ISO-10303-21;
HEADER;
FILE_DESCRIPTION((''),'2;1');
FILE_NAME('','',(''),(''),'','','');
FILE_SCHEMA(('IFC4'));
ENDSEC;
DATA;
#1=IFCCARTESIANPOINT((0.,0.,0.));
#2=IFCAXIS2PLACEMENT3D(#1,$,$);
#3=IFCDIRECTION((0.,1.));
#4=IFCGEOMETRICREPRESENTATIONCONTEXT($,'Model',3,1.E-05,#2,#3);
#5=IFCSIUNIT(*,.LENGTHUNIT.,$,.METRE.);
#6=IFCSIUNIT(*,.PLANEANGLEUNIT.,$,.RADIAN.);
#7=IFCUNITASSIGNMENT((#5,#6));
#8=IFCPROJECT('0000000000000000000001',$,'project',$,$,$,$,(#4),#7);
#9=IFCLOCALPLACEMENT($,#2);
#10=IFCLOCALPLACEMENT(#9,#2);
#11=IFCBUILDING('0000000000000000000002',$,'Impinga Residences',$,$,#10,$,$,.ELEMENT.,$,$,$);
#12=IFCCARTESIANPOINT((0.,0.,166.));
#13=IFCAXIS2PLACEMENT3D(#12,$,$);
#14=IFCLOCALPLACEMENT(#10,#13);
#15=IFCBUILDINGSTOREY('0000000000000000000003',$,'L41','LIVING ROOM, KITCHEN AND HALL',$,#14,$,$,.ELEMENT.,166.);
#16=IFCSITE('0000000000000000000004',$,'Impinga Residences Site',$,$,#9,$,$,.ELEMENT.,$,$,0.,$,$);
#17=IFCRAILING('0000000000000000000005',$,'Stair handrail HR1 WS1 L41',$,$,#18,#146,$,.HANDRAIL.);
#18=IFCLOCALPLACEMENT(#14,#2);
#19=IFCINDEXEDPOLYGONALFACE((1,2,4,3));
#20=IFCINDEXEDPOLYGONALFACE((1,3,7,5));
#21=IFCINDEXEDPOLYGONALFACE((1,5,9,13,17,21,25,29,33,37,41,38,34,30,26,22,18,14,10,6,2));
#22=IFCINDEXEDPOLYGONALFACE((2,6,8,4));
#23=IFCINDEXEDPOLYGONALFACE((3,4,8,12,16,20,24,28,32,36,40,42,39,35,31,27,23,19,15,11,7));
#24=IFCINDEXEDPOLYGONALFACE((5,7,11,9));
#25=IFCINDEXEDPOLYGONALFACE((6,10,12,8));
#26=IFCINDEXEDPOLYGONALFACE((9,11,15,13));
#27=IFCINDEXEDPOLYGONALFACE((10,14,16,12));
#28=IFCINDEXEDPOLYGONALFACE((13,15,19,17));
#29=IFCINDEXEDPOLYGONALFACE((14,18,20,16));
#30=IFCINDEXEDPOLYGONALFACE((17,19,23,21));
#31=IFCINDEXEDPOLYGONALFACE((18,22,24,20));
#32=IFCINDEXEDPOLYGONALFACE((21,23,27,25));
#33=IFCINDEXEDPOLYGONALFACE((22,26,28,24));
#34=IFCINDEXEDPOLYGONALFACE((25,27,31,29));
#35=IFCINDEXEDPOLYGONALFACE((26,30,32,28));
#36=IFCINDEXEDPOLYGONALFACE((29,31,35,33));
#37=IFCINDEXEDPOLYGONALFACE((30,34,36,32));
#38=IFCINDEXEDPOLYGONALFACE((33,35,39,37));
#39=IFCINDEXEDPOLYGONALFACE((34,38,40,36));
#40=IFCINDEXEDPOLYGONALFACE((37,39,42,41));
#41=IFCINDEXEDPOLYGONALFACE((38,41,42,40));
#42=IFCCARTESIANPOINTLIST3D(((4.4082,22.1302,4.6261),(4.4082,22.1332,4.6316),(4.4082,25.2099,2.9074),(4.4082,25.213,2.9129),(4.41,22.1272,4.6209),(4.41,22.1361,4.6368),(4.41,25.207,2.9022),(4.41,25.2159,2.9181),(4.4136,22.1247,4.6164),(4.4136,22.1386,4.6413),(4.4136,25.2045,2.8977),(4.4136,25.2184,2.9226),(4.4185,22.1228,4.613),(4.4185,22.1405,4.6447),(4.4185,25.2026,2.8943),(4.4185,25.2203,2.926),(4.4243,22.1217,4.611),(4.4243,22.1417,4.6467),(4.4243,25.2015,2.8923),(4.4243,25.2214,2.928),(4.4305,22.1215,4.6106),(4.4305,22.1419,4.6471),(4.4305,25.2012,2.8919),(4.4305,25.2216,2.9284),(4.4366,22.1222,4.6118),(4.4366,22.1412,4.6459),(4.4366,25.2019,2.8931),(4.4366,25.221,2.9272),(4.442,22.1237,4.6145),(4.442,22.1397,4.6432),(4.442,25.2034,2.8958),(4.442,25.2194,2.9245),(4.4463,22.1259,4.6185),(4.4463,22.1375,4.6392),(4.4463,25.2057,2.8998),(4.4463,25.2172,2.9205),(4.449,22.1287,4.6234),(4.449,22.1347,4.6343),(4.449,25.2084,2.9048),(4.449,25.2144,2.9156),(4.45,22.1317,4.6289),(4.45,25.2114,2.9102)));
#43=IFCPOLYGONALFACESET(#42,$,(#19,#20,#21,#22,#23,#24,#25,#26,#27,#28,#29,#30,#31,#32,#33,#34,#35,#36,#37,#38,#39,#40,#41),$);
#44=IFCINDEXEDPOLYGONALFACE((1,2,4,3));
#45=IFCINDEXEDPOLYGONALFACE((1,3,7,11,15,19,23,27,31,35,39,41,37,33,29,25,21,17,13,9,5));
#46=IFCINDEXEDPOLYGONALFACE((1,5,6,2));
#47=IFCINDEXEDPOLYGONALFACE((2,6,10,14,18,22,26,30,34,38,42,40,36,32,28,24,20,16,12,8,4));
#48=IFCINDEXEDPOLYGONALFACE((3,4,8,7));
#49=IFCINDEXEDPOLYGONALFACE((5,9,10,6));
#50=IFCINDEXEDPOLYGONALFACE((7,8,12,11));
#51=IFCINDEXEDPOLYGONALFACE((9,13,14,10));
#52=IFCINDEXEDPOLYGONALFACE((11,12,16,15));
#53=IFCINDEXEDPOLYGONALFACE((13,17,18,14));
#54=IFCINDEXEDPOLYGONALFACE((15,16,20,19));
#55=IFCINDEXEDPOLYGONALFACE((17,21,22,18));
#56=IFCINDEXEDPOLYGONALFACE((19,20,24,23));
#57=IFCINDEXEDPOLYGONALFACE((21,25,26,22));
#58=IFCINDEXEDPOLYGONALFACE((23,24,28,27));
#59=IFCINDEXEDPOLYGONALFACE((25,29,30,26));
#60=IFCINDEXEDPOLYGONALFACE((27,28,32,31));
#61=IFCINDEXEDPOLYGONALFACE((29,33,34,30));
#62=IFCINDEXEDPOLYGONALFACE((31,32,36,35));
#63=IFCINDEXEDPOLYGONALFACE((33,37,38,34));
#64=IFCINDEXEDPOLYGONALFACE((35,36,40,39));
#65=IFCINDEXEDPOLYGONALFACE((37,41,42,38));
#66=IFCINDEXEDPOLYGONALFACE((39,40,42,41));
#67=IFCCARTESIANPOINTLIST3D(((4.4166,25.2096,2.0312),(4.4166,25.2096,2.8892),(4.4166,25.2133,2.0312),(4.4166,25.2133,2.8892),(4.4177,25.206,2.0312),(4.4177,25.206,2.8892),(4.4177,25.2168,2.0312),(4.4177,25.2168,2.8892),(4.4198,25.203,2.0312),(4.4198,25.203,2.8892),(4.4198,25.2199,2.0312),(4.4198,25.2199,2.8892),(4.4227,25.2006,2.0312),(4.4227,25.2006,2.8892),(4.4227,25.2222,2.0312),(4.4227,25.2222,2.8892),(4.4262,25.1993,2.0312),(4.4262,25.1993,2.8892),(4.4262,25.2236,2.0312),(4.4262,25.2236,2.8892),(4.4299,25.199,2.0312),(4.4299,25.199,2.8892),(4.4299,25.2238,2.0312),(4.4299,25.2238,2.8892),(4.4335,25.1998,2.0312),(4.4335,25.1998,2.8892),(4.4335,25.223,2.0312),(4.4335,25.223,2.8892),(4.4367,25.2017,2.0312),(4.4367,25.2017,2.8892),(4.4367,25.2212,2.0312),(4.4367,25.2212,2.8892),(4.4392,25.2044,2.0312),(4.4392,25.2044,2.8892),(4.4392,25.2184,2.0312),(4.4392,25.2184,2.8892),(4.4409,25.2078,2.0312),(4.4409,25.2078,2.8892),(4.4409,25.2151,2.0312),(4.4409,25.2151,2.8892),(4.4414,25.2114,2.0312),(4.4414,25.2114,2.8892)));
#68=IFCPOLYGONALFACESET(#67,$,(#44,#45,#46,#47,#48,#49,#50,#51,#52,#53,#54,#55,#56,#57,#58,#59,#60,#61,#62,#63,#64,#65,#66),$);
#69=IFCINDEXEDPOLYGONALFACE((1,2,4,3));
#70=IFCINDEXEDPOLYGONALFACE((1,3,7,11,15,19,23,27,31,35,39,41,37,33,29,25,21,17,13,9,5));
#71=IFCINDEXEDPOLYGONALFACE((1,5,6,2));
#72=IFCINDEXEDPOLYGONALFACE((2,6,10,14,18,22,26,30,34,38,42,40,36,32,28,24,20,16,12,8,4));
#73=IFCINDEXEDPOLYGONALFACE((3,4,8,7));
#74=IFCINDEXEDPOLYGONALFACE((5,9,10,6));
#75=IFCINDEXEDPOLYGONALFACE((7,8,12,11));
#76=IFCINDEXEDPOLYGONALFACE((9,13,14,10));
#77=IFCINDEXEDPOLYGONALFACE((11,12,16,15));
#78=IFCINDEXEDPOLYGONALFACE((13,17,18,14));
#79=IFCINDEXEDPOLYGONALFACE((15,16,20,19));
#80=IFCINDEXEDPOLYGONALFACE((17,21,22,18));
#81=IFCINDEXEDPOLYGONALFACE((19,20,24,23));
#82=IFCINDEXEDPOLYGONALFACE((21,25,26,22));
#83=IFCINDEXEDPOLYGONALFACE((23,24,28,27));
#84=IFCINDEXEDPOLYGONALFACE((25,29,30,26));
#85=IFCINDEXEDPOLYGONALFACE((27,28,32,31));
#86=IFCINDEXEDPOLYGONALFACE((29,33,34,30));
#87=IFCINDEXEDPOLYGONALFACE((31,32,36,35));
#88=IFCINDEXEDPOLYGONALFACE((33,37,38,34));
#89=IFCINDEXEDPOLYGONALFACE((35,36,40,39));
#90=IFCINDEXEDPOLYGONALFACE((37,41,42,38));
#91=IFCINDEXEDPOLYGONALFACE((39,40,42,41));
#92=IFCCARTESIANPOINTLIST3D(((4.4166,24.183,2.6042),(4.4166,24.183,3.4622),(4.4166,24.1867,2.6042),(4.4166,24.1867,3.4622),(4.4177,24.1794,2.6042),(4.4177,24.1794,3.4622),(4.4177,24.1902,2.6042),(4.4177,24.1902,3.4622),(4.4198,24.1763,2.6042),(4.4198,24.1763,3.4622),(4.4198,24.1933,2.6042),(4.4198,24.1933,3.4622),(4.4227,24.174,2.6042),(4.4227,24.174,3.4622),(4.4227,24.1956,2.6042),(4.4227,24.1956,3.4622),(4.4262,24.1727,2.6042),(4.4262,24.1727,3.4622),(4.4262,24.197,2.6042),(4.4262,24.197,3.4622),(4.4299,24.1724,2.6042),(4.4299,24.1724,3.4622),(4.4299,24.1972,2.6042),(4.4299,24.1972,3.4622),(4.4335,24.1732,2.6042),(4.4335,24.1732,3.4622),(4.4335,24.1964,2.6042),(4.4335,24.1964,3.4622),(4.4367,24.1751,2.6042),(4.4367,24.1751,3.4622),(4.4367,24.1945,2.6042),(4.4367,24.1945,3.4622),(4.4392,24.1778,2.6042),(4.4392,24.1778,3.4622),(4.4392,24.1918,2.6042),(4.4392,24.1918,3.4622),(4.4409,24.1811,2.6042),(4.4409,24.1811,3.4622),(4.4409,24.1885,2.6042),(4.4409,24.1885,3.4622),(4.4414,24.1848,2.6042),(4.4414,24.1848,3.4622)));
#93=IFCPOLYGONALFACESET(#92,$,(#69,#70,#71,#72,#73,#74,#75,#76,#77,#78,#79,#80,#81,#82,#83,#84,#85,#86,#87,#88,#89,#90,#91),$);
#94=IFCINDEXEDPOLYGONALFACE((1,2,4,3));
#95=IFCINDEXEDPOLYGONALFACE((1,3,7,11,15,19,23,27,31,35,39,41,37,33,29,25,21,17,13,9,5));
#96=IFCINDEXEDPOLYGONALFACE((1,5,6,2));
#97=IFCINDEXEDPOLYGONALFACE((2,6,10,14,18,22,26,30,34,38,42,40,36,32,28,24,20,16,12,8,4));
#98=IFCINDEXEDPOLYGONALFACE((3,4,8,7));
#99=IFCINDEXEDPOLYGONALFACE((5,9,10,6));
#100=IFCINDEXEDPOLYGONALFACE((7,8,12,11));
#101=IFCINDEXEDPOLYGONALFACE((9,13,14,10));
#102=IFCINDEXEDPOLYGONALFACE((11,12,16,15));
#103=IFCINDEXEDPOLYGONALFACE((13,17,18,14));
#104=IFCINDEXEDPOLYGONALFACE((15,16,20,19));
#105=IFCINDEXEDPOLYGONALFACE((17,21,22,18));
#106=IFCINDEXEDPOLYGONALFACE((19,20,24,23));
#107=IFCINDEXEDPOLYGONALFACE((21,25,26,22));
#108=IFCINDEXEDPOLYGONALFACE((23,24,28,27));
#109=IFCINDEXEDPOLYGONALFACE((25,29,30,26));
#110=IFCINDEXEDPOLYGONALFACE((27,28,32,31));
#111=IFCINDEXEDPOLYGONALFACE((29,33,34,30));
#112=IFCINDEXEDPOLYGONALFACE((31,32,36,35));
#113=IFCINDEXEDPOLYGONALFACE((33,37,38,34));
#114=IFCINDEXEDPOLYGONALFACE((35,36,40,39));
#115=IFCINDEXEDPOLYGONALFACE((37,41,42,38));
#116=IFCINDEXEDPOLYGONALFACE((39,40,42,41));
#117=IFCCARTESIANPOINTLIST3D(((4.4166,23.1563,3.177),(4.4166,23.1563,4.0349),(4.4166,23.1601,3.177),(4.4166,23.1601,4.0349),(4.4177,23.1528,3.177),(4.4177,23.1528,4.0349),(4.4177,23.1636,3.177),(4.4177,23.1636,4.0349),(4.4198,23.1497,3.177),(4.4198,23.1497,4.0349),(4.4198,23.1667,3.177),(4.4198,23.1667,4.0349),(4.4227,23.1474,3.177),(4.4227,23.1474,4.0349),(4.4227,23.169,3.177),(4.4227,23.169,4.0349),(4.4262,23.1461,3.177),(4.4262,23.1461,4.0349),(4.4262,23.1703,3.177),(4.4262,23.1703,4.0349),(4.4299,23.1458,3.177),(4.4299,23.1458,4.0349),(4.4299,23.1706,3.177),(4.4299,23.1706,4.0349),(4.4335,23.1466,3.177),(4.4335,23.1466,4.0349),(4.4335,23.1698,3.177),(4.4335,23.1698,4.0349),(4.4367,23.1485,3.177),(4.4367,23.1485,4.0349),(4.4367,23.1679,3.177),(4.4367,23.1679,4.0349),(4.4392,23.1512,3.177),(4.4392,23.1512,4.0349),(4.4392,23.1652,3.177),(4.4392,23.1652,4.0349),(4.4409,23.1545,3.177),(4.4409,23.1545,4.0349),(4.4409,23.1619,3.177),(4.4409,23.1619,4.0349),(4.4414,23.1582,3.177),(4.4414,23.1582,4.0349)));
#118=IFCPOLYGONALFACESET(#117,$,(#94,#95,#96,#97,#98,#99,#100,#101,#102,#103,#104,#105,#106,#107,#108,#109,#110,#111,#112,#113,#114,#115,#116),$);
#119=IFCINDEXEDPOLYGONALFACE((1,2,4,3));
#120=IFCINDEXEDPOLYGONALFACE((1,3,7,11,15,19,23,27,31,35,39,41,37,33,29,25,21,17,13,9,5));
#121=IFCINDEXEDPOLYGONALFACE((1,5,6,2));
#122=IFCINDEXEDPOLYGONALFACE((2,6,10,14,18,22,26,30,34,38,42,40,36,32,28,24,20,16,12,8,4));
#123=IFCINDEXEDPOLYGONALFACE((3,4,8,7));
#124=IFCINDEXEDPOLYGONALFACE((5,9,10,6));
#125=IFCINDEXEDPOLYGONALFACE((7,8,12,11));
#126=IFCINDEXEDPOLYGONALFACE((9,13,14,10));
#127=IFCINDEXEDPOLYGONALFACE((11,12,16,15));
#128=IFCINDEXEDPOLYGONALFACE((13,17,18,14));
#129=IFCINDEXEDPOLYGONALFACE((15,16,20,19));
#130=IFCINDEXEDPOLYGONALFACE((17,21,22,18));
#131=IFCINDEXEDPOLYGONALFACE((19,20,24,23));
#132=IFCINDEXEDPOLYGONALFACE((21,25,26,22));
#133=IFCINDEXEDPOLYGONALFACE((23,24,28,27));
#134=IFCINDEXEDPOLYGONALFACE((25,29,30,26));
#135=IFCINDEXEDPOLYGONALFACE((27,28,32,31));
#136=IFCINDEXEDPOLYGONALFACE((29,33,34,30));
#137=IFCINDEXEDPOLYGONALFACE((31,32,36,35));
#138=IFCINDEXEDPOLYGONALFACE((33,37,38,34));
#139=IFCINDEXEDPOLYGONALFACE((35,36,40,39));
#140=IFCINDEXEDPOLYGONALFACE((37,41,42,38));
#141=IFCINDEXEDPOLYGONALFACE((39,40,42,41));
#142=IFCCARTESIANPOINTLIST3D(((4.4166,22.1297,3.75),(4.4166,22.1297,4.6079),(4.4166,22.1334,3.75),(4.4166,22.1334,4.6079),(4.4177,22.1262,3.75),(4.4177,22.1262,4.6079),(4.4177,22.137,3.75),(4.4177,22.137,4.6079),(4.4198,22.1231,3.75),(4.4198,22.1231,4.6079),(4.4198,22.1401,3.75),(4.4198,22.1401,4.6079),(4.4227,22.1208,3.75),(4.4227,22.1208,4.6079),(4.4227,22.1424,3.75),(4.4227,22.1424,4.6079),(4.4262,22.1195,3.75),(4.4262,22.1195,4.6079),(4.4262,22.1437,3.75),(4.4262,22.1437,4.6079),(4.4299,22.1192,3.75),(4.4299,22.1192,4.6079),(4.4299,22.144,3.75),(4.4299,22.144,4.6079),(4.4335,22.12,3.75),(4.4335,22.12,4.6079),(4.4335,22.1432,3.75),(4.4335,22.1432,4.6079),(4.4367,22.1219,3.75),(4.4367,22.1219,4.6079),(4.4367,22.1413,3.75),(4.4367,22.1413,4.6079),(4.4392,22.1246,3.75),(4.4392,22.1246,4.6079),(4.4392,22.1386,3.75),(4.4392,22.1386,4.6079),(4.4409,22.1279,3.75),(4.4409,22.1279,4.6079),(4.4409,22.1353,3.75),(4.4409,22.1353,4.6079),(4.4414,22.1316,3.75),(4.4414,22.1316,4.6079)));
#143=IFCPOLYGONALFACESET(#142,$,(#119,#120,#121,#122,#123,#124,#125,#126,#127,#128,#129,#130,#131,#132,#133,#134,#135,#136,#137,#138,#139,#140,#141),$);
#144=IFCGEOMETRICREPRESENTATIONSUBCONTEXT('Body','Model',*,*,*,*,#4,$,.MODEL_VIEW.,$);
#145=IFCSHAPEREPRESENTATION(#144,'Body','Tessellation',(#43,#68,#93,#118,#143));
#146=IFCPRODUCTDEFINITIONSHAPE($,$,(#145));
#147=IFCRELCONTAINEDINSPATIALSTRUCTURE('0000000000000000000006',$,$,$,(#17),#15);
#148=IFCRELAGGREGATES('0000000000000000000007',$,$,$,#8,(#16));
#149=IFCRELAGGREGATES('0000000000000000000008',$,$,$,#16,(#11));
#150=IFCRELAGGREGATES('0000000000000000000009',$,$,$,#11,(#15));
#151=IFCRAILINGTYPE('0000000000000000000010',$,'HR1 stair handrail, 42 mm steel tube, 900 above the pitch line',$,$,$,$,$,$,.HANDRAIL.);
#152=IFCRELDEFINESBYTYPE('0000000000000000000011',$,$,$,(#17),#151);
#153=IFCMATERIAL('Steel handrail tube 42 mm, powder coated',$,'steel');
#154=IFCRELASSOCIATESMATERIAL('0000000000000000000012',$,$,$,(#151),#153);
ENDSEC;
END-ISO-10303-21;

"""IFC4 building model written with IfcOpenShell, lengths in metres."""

from ifc_helpers import new_model, si_unit, direction, frame, origin, origin_2d, place, context, subcontext, project, spatial, circle, extrude, material, type_object, element, save


model = new_model("IFC4")

# Units and contexts
model_context = context("Model", 3, precision=1e-05, world=origin(), true_north=direction((0.0, 1.0)))
body_context = subcontext(model_context, "Body", "Model", "MODEL_VIEW")
ifc_project = project(units=[si_unit("LENGTHUNIT", "METRE"), si_unit("PLANEANGLEUNIT", "RADIAN")], contexts=[model_context])

# Site, building, storey
site_placement = place(None, origin())
site = spatial("IfcSite", under=ifc_project, at=site_placement, Name="Impinga Residences Site", CompositionType="ELEMENT", RefElevation=0.0)
building_placement = place(site_placement, origin())
building = spatial("IfcBuilding", under=site, at=building_placement, Name="Impinga Residences", CompositionType="ELEMENT")
storey_placement = place(building_placement, frame((0.0, 0.0, 166.0)))
storey = spatial("IfcBuildingStorey", under=building, at=storey_placement, Name="L41", Description="LIVING ROOM, KITCHEN AND HALL", CompositionType="ELEMENT", Elevation=166.0)

# Railing
ifc_material_1 = material(Name="Steel handrail tube 42 mm, powder coated", Category="steel")
railing_type_1 = type_object("IfcRailingType", Name="HR1 stair handrail, 42 mm steel tube, 900 above the pitch line", PredefinedType="HANDRAIL", material=ifc_material_1)
railing_1_placement = place(storey_placement, frame((4.429, 25.2114, 2.0312)))
element("IfcRailing", 1, at=railing_1_placement, inside=storey, type_object=railing_type_1, Name="Stair handrail HR1 WS1 L41", PredefinedType="HANDRAIL", context=body_context, shape_type="SweptSolid", body=[
    extrude(circle(Radius=0.021, at=origin_2d()), frame((0.0, 0.0, 0.8789), z_axis=(0.0, -0.873225, 0.487317), x_axis=(1.0, 0.0, 0.0)), (0.0, 0.0, 1.0), 3.5269),
    extrude(circle(Radius=0.0125, at=origin_2d()), origin(), (0.0, 0.0, 1.0), 0.8579),
    extrude(circle(Radius=0.0125, at=origin_2d()), frame((0.0, -1.0266, 0.573)), (0.0, 0.0, 1.0), 0.8579),
    extrude(circle(Radius=0.0125, at=origin_2d()), frame((0.0, -2.0532, 1.1458)), (0.0, 0.0, 1.0), 0.8579),
    extrude(circle(Radius=0.0125, at=origin_2d()), frame((0.0, -3.0798, 1.7188)), (0.0, 0.0, 1.0), 0.8579),
])

save(model, "model.ifc")
